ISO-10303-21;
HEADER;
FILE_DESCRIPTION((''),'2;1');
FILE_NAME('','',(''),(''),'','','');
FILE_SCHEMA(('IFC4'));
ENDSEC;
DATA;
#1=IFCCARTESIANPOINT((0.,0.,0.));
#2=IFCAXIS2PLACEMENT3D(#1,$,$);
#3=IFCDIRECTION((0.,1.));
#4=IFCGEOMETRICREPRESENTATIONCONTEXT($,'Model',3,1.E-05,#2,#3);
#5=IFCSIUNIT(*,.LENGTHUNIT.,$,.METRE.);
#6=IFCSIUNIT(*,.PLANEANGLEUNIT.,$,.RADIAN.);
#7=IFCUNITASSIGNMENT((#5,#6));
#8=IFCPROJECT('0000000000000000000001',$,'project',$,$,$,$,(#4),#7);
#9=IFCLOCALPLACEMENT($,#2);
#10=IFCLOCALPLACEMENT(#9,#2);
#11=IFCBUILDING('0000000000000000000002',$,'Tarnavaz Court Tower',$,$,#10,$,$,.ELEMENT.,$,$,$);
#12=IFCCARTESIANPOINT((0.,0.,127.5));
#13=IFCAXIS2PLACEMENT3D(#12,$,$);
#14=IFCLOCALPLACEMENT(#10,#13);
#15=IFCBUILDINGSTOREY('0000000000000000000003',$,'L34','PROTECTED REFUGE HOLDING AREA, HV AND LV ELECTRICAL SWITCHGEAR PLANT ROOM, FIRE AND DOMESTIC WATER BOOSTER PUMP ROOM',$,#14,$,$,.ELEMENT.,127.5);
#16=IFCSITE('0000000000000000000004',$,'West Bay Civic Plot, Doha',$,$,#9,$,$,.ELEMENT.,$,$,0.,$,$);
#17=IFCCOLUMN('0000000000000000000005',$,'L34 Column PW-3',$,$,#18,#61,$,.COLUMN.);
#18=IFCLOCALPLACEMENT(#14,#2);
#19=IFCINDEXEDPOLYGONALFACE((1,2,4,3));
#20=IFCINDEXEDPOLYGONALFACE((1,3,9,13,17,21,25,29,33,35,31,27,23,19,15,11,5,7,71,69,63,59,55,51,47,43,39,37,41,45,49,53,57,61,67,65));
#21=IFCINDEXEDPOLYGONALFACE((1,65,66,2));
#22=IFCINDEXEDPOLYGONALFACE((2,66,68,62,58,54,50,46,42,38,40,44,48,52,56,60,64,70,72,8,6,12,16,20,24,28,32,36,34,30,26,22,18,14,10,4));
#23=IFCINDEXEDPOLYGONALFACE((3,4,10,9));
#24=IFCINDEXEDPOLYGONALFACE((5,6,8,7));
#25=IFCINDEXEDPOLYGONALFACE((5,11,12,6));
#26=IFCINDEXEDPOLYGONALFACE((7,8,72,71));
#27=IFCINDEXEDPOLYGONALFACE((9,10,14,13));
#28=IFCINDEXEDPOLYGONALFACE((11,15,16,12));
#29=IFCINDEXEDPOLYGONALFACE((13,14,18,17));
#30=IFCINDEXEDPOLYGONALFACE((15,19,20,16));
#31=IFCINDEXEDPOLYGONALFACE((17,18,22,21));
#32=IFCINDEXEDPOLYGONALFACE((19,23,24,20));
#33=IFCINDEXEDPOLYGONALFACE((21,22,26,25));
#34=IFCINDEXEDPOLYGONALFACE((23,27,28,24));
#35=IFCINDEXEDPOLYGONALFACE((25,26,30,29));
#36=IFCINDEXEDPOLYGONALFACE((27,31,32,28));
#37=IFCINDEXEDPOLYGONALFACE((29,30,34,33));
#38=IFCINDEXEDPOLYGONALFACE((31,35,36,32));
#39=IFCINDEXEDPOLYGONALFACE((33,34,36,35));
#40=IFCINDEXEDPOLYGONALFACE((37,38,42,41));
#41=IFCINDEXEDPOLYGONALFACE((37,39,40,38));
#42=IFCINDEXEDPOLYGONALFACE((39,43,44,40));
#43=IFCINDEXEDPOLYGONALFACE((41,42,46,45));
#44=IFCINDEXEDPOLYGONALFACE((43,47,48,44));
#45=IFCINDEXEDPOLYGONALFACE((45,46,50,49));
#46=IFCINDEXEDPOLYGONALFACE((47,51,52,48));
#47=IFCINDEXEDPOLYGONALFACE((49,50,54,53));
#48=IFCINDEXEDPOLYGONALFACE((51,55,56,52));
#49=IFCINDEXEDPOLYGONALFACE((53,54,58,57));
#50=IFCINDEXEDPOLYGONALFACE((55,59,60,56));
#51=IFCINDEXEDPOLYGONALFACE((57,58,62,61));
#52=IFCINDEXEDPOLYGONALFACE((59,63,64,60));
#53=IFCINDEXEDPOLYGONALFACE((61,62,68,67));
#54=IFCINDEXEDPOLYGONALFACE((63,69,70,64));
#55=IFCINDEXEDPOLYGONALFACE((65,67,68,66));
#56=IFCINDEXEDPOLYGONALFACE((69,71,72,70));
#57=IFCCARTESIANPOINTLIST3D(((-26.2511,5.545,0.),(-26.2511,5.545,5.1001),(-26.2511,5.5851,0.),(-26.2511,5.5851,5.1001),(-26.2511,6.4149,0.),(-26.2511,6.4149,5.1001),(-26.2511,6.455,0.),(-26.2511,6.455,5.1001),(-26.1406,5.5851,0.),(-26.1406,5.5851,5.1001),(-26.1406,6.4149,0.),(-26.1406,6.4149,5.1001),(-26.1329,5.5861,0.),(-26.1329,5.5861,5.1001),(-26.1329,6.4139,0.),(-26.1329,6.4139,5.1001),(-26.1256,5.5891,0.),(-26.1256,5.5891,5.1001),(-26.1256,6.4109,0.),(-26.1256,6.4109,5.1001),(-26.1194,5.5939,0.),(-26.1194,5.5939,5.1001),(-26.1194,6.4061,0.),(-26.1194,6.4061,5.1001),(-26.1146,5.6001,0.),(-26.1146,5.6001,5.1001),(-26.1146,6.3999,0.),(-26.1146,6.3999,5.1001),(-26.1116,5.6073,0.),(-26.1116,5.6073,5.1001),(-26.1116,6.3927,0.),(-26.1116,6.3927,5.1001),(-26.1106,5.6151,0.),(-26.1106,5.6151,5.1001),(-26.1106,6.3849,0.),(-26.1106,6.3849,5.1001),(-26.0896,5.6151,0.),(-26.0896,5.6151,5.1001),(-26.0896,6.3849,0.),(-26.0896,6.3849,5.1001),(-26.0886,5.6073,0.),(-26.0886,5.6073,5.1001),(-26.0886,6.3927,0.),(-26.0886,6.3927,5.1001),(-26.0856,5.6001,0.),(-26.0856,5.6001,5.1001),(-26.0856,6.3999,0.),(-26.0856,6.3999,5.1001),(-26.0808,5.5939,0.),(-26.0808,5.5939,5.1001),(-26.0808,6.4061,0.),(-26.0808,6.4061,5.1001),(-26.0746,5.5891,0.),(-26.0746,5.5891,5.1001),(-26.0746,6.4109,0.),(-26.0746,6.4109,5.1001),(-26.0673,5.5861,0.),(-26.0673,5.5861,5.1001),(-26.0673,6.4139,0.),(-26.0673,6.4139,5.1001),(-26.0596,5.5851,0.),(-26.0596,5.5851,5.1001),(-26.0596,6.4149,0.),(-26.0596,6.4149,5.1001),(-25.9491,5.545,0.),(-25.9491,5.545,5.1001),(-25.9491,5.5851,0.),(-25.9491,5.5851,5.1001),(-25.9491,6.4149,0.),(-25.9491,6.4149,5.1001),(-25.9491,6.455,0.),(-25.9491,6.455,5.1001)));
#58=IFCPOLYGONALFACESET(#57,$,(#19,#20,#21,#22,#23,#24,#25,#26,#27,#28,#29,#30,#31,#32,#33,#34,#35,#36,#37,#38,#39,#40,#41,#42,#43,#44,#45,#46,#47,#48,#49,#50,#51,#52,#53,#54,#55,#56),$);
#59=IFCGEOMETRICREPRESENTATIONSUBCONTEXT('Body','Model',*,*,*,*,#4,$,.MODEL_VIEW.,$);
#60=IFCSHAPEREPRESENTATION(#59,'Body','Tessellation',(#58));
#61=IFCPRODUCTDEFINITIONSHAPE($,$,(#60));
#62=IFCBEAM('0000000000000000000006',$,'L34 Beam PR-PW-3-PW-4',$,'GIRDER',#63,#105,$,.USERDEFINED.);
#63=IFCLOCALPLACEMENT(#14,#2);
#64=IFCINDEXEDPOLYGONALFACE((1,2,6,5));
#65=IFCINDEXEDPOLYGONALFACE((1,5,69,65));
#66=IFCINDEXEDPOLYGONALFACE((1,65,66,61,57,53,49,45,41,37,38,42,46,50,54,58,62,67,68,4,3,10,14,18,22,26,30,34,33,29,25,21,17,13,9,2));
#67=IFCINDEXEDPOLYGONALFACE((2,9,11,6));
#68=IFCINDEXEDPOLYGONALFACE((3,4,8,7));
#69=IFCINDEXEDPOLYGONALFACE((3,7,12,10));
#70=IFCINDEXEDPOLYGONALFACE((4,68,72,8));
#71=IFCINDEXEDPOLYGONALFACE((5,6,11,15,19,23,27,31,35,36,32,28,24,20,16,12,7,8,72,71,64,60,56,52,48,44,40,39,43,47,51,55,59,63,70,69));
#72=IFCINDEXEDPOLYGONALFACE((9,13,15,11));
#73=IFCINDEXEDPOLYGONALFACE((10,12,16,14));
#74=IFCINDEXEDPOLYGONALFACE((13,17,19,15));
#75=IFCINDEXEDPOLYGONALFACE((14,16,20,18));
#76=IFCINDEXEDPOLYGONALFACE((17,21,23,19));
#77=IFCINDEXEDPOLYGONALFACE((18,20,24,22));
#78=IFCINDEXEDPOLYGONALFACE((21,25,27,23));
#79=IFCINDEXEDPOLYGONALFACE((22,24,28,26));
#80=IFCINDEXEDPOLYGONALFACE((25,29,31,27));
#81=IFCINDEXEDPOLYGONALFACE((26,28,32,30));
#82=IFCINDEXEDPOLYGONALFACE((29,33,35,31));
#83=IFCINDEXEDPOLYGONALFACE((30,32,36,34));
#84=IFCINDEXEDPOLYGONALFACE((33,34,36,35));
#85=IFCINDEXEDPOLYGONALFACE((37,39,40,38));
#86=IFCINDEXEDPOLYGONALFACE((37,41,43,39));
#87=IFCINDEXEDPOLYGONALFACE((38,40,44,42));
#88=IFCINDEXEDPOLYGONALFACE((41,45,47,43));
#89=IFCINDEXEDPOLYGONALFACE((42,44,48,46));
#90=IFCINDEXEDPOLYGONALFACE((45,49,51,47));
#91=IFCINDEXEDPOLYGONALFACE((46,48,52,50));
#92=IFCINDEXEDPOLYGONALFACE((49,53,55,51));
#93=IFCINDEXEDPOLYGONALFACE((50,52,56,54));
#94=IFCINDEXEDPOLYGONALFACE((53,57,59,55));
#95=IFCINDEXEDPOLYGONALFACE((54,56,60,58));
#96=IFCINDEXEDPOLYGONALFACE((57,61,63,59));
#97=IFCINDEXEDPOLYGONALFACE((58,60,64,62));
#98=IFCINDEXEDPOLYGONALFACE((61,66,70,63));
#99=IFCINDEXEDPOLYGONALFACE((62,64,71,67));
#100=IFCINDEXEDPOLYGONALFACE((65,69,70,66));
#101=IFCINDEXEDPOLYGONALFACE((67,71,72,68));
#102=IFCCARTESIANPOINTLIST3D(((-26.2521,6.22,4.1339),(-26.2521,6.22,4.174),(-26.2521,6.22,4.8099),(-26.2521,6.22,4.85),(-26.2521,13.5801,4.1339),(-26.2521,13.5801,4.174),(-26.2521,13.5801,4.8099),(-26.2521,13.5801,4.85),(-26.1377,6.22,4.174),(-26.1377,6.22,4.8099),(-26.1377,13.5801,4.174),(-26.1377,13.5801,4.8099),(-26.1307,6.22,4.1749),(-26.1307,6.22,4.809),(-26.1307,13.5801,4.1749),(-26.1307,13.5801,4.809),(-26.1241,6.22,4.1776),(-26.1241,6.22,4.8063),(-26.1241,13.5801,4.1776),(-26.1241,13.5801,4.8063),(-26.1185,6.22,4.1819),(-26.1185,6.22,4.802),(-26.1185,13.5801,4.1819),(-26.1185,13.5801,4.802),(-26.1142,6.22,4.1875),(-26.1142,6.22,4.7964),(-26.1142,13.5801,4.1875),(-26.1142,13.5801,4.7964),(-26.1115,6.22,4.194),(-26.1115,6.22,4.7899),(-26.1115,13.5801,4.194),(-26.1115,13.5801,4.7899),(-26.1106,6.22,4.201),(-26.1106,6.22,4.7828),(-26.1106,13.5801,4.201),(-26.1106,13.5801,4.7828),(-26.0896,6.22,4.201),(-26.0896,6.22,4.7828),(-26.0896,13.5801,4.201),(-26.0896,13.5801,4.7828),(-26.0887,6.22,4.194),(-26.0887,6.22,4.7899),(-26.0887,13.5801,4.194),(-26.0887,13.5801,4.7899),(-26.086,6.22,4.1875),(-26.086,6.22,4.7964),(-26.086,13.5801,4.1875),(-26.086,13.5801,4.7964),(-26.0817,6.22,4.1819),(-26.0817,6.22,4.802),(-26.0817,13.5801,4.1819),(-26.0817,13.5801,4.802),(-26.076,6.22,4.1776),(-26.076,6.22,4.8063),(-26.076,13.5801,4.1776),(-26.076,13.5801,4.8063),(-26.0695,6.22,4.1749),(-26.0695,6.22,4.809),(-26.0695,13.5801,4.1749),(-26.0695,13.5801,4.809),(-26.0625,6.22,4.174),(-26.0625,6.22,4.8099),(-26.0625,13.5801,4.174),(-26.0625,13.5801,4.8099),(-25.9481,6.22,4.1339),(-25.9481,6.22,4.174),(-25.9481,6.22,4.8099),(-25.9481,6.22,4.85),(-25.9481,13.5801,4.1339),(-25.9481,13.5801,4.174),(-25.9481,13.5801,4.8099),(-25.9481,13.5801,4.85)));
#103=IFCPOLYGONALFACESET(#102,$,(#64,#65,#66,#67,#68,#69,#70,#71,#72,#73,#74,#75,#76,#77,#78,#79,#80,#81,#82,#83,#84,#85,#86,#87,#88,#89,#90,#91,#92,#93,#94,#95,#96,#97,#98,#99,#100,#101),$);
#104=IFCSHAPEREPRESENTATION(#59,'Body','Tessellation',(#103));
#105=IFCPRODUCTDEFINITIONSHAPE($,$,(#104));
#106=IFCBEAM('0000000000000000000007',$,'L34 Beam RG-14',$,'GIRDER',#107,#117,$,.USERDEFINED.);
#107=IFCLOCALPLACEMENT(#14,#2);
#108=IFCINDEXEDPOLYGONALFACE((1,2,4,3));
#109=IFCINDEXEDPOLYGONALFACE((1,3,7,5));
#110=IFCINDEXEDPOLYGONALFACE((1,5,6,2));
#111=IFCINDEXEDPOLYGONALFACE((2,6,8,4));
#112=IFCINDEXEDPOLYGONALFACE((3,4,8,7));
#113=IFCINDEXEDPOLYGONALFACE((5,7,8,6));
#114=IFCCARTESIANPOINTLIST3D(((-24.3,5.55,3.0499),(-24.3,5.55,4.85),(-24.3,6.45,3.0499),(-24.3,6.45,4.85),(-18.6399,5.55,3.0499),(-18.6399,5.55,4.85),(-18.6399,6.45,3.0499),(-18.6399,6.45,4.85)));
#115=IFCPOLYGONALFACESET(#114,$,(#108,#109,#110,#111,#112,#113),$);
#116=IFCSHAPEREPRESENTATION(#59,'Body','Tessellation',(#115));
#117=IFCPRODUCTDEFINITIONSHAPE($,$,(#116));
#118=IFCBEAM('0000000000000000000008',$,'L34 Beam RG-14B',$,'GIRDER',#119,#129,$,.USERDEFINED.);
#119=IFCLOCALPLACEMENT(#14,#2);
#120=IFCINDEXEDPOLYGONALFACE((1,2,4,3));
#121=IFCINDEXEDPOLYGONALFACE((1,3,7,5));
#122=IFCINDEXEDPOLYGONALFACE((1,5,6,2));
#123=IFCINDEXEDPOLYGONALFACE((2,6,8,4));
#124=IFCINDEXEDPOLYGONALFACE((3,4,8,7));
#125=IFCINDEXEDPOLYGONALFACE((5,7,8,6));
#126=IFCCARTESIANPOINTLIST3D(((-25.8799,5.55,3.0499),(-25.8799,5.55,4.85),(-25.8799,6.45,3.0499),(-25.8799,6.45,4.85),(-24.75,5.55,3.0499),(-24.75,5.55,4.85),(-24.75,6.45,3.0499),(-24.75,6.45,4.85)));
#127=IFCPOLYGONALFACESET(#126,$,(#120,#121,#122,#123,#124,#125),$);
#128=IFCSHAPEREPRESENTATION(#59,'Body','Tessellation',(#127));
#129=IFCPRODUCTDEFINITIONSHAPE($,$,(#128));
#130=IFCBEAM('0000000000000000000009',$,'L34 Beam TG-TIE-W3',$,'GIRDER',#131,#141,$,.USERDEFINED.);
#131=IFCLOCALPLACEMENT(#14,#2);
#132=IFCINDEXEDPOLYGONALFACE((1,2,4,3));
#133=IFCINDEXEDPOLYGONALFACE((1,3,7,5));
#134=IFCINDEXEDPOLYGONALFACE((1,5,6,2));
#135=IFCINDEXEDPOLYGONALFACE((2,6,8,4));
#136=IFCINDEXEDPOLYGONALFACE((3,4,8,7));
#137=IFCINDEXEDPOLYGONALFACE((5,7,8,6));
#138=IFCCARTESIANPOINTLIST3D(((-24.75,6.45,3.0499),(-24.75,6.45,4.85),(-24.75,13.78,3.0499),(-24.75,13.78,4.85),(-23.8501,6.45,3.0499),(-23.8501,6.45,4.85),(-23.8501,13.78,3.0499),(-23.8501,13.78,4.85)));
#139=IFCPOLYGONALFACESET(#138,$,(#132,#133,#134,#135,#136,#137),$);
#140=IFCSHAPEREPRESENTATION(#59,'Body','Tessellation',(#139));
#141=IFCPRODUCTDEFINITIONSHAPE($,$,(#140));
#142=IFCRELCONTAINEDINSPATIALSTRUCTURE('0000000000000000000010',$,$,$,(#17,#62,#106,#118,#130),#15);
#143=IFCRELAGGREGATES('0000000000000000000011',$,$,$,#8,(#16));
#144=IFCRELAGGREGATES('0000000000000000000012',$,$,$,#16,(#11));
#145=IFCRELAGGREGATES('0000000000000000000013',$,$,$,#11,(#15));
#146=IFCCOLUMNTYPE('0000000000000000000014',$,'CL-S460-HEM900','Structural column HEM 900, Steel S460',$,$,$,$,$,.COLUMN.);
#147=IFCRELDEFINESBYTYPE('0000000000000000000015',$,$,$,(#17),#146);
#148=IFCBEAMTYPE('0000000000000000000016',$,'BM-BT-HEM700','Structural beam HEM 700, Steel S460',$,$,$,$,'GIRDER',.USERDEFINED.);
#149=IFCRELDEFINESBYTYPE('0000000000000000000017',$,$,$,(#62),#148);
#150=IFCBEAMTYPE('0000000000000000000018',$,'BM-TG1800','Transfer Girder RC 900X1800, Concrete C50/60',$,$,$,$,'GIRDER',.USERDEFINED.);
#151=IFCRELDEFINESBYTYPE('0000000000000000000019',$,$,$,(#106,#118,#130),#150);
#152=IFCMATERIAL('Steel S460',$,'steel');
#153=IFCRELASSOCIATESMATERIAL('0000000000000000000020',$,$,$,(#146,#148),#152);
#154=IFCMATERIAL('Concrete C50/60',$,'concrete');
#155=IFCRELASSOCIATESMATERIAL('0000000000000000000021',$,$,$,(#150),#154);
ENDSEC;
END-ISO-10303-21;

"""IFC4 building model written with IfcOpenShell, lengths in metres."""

from ifc_helpers import new_model, si_unit, direction, frame, origin, origin_2d, place, context, subcontext, project, spatial, rectangle, i_section, extrude, material, material_profile, profile_set, type_object, element, save


model = new_model("IFC4")

# Units and contexts
model_context = context("Model", 3, precision=1e-05, world=origin(), true_north=direction((0.0, 1.0)))
body_context = subcontext(model_context, "Body", "Model", "MODEL_VIEW")
ifc_project = project(units=[si_unit("LENGTHUNIT", "METRE"), si_unit("PLANEANGLEUNIT", "RADIAN")], contexts=[model_context])

# Site, building, storey
site_placement = place(None, origin())
site = spatial("IfcSite", under=ifc_project, at=site_placement, Name="West Bay Civic Plot, Doha", CompositionType="ELEMENT", RefElevation=0.0)
building_placement = place(site_placement, origin())
building = spatial("IfcBuilding", under=site, at=building_placement, Name="Tarnavaz Court Tower", CompositionType="ELEMENT")
storey_placement = place(building_placement, frame((0.0, 0.0, 127.5)))
storey = spatial("IfcBuildingStorey", under=building, at=storey_placement, Name="L34", Description="PROTECTED REFUGE HOLDING AREA, HV AND LV ELECTRICAL SWITCHGEAR PLANT ROOM, FIRE AND DOMESTIC WATER BOOSTER PUMP ROOM", CompositionType="ELEMENT", Elevation=127.5)

# Column
ifc_material_1 = material(Name="Steel S460", Category="steel")
ifc_material_profile_1 = material_profile(ifc_material_1, i_section(OverallWidth=0.302, OverallDepth=0.9099, WebThickness=0.021, FlangeThickness=0.04, FilletRadius=0.03, at=origin_2d()), Name="HEM 900")
ifc_profile_set_1 = profile_set([ifc_material_profile_1], Name="Steel S460")
column_type = type_object("IfcColumnType", Name="CL-S460-HEM900", Description="Structural column HEM 900, Steel S460", PredefinedType="COLUMN", material=ifc_profile_set_1)
column_placement = place(storey_placement, frame((-26.1001, 6.0, 0.0), z_axis=(0.0, 0.0, 1.0), x_axis=(1.0, 0.0, 0.0)))
element("IfcColumn", 1, at=column_placement, inside=storey, type_object=column_type, Name="L34 Column PW-3", PredefinedType="COLUMN", context=body_context, shape_type="SweptSolid", body=[
    extrude(i_section(OverallWidth=0.302, OverallDepth=0.9099, WebThickness=0.021, FlangeThickness=0.04, FilletRadius=0.03, at=origin_2d()), origin(), (0.0, 0.0, 1.0), 5.1001),
])

# Beams
ifc_material_profile_2 = material_profile(ifc_material_1, i_section(OverallWidth=0.304, OverallDepth=0.7161, WebThickness=0.021, FlangeThickness=0.04, FilletRadius=0.0271, at=origin_2d()), Name="HEM 700")
ifc_profile_set_2 = profile_set([ifc_material_profile_2], Name="Steel S460")
beam_type_1 = type_object("IfcBeamType", Name="BM-BT-HEM700", Description="Structural beam HEM 700, Steel S460", ElementType="GIRDER", PredefinedType="USERDEFINED", material=ifc_profile_set_2)
beam_1_placement = place(storey_placement, frame((-26.1001, 6.22, 4.4919), z_axis=(0.0, 1.0, 0.0), x_axis=(-1.0, 0.0, 0.0)))
element("IfcBeam", 2, at=beam_1_placement, inside=storey, type_object=beam_type_1, Name="L34 Beam PR-PW-3-PW-4", ObjectType="GIRDER", PredefinedType="USERDEFINED", context=body_context, shape_type="SweptSolid", body=[
    extrude(i_section(OverallWidth=0.304, OverallDepth=0.7161, WebThickness=0.021, FlangeThickness=0.04, FilletRadius=0.0271, at=origin_2d()), origin(), (0.0, 0.0, 1.0), 7.3601),
])
ifc_material_2 = material(Name="Concrete C50/60", Category="concrete")
ifc_material_profile_3 = material_profile(ifc_material_2, rectangle(XDim=0.8999, YDim=1.8, at=origin_2d()), Name="RC 900X1800")
ifc_profile_set_3 = profile_set([ifc_material_profile_3], Name="Concrete C50/60")
beam_type_2 = type_object("IfcBeamType", Name="BM-TG1800", Description="Transfer Girder RC 900X1800, Concrete C50/60", ElementType="GIRDER", PredefinedType="USERDEFINED", material=ifc_profile_set_3)
beam_2_placement = place(storey_placement, frame((-18.6399, 6.0, 3.95), z_axis=(-1.0, 0.0, 0.0), x_axis=(0.0, -1.0, 0.0)))
element("IfcBeam", 3, at=beam_2_placement, inside=storey, type_object=beam_type_2, Name="L34 Beam RG-14", ObjectType="GIRDER", PredefinedType="USERDEFINED", context=body_context, shape_type="SweptSolid", body=[
    extrude(rectangle(XDim=0.8999, YDim=1.8, at=origin_2d()), origin(), (0.0, 0.0, 1.0), 5.6602),
])
beam_3_placement = place(storey_placement, frame((-24.75, 6.0, 3.95), z_axis=(-1.0, 0.0, 0.0), x_axis=(0.0, -1.0, 0.0)))
element("IfcBeam", 4, at=beam_3_placement, inside=storey, type_object=beam_type_2, Name="L34 Beam RG-14B", ObjectType="GIRDER", PredefinedType="USERDEFINED", context=body_context, shape_type="SweptSolid", body=[
    extrude(rectangle(XDim=0.8999, YDim=1.8, at=origin_2d()), origin(), (0.0, 0.0, 1.0), 1.1299),
])
beam_4_placement = place(storey_placement, frame((-24.3, 6.45, 3.95), z_axis=(0.0, 1.0, 0.0), x_axis=(-1.0, 0.0, 0.0)))
element("IfcBeam", 5, at=beam_4_placement, inside=storey, type_object=beam_type_2, Name="L34 Beam TG-TIE-W3", ObjectType="GIRDER", PredefinedType="USERDEFINED", context=body_context, shape_type="SweptSolid", body=[
    extrude(rectangle(XDim=0.8999, YDim=1.8, at=origin_2d()), origin(), (0.0, 0.0, 1.0), 7.3301),
])

save(model, "model.ifc")
